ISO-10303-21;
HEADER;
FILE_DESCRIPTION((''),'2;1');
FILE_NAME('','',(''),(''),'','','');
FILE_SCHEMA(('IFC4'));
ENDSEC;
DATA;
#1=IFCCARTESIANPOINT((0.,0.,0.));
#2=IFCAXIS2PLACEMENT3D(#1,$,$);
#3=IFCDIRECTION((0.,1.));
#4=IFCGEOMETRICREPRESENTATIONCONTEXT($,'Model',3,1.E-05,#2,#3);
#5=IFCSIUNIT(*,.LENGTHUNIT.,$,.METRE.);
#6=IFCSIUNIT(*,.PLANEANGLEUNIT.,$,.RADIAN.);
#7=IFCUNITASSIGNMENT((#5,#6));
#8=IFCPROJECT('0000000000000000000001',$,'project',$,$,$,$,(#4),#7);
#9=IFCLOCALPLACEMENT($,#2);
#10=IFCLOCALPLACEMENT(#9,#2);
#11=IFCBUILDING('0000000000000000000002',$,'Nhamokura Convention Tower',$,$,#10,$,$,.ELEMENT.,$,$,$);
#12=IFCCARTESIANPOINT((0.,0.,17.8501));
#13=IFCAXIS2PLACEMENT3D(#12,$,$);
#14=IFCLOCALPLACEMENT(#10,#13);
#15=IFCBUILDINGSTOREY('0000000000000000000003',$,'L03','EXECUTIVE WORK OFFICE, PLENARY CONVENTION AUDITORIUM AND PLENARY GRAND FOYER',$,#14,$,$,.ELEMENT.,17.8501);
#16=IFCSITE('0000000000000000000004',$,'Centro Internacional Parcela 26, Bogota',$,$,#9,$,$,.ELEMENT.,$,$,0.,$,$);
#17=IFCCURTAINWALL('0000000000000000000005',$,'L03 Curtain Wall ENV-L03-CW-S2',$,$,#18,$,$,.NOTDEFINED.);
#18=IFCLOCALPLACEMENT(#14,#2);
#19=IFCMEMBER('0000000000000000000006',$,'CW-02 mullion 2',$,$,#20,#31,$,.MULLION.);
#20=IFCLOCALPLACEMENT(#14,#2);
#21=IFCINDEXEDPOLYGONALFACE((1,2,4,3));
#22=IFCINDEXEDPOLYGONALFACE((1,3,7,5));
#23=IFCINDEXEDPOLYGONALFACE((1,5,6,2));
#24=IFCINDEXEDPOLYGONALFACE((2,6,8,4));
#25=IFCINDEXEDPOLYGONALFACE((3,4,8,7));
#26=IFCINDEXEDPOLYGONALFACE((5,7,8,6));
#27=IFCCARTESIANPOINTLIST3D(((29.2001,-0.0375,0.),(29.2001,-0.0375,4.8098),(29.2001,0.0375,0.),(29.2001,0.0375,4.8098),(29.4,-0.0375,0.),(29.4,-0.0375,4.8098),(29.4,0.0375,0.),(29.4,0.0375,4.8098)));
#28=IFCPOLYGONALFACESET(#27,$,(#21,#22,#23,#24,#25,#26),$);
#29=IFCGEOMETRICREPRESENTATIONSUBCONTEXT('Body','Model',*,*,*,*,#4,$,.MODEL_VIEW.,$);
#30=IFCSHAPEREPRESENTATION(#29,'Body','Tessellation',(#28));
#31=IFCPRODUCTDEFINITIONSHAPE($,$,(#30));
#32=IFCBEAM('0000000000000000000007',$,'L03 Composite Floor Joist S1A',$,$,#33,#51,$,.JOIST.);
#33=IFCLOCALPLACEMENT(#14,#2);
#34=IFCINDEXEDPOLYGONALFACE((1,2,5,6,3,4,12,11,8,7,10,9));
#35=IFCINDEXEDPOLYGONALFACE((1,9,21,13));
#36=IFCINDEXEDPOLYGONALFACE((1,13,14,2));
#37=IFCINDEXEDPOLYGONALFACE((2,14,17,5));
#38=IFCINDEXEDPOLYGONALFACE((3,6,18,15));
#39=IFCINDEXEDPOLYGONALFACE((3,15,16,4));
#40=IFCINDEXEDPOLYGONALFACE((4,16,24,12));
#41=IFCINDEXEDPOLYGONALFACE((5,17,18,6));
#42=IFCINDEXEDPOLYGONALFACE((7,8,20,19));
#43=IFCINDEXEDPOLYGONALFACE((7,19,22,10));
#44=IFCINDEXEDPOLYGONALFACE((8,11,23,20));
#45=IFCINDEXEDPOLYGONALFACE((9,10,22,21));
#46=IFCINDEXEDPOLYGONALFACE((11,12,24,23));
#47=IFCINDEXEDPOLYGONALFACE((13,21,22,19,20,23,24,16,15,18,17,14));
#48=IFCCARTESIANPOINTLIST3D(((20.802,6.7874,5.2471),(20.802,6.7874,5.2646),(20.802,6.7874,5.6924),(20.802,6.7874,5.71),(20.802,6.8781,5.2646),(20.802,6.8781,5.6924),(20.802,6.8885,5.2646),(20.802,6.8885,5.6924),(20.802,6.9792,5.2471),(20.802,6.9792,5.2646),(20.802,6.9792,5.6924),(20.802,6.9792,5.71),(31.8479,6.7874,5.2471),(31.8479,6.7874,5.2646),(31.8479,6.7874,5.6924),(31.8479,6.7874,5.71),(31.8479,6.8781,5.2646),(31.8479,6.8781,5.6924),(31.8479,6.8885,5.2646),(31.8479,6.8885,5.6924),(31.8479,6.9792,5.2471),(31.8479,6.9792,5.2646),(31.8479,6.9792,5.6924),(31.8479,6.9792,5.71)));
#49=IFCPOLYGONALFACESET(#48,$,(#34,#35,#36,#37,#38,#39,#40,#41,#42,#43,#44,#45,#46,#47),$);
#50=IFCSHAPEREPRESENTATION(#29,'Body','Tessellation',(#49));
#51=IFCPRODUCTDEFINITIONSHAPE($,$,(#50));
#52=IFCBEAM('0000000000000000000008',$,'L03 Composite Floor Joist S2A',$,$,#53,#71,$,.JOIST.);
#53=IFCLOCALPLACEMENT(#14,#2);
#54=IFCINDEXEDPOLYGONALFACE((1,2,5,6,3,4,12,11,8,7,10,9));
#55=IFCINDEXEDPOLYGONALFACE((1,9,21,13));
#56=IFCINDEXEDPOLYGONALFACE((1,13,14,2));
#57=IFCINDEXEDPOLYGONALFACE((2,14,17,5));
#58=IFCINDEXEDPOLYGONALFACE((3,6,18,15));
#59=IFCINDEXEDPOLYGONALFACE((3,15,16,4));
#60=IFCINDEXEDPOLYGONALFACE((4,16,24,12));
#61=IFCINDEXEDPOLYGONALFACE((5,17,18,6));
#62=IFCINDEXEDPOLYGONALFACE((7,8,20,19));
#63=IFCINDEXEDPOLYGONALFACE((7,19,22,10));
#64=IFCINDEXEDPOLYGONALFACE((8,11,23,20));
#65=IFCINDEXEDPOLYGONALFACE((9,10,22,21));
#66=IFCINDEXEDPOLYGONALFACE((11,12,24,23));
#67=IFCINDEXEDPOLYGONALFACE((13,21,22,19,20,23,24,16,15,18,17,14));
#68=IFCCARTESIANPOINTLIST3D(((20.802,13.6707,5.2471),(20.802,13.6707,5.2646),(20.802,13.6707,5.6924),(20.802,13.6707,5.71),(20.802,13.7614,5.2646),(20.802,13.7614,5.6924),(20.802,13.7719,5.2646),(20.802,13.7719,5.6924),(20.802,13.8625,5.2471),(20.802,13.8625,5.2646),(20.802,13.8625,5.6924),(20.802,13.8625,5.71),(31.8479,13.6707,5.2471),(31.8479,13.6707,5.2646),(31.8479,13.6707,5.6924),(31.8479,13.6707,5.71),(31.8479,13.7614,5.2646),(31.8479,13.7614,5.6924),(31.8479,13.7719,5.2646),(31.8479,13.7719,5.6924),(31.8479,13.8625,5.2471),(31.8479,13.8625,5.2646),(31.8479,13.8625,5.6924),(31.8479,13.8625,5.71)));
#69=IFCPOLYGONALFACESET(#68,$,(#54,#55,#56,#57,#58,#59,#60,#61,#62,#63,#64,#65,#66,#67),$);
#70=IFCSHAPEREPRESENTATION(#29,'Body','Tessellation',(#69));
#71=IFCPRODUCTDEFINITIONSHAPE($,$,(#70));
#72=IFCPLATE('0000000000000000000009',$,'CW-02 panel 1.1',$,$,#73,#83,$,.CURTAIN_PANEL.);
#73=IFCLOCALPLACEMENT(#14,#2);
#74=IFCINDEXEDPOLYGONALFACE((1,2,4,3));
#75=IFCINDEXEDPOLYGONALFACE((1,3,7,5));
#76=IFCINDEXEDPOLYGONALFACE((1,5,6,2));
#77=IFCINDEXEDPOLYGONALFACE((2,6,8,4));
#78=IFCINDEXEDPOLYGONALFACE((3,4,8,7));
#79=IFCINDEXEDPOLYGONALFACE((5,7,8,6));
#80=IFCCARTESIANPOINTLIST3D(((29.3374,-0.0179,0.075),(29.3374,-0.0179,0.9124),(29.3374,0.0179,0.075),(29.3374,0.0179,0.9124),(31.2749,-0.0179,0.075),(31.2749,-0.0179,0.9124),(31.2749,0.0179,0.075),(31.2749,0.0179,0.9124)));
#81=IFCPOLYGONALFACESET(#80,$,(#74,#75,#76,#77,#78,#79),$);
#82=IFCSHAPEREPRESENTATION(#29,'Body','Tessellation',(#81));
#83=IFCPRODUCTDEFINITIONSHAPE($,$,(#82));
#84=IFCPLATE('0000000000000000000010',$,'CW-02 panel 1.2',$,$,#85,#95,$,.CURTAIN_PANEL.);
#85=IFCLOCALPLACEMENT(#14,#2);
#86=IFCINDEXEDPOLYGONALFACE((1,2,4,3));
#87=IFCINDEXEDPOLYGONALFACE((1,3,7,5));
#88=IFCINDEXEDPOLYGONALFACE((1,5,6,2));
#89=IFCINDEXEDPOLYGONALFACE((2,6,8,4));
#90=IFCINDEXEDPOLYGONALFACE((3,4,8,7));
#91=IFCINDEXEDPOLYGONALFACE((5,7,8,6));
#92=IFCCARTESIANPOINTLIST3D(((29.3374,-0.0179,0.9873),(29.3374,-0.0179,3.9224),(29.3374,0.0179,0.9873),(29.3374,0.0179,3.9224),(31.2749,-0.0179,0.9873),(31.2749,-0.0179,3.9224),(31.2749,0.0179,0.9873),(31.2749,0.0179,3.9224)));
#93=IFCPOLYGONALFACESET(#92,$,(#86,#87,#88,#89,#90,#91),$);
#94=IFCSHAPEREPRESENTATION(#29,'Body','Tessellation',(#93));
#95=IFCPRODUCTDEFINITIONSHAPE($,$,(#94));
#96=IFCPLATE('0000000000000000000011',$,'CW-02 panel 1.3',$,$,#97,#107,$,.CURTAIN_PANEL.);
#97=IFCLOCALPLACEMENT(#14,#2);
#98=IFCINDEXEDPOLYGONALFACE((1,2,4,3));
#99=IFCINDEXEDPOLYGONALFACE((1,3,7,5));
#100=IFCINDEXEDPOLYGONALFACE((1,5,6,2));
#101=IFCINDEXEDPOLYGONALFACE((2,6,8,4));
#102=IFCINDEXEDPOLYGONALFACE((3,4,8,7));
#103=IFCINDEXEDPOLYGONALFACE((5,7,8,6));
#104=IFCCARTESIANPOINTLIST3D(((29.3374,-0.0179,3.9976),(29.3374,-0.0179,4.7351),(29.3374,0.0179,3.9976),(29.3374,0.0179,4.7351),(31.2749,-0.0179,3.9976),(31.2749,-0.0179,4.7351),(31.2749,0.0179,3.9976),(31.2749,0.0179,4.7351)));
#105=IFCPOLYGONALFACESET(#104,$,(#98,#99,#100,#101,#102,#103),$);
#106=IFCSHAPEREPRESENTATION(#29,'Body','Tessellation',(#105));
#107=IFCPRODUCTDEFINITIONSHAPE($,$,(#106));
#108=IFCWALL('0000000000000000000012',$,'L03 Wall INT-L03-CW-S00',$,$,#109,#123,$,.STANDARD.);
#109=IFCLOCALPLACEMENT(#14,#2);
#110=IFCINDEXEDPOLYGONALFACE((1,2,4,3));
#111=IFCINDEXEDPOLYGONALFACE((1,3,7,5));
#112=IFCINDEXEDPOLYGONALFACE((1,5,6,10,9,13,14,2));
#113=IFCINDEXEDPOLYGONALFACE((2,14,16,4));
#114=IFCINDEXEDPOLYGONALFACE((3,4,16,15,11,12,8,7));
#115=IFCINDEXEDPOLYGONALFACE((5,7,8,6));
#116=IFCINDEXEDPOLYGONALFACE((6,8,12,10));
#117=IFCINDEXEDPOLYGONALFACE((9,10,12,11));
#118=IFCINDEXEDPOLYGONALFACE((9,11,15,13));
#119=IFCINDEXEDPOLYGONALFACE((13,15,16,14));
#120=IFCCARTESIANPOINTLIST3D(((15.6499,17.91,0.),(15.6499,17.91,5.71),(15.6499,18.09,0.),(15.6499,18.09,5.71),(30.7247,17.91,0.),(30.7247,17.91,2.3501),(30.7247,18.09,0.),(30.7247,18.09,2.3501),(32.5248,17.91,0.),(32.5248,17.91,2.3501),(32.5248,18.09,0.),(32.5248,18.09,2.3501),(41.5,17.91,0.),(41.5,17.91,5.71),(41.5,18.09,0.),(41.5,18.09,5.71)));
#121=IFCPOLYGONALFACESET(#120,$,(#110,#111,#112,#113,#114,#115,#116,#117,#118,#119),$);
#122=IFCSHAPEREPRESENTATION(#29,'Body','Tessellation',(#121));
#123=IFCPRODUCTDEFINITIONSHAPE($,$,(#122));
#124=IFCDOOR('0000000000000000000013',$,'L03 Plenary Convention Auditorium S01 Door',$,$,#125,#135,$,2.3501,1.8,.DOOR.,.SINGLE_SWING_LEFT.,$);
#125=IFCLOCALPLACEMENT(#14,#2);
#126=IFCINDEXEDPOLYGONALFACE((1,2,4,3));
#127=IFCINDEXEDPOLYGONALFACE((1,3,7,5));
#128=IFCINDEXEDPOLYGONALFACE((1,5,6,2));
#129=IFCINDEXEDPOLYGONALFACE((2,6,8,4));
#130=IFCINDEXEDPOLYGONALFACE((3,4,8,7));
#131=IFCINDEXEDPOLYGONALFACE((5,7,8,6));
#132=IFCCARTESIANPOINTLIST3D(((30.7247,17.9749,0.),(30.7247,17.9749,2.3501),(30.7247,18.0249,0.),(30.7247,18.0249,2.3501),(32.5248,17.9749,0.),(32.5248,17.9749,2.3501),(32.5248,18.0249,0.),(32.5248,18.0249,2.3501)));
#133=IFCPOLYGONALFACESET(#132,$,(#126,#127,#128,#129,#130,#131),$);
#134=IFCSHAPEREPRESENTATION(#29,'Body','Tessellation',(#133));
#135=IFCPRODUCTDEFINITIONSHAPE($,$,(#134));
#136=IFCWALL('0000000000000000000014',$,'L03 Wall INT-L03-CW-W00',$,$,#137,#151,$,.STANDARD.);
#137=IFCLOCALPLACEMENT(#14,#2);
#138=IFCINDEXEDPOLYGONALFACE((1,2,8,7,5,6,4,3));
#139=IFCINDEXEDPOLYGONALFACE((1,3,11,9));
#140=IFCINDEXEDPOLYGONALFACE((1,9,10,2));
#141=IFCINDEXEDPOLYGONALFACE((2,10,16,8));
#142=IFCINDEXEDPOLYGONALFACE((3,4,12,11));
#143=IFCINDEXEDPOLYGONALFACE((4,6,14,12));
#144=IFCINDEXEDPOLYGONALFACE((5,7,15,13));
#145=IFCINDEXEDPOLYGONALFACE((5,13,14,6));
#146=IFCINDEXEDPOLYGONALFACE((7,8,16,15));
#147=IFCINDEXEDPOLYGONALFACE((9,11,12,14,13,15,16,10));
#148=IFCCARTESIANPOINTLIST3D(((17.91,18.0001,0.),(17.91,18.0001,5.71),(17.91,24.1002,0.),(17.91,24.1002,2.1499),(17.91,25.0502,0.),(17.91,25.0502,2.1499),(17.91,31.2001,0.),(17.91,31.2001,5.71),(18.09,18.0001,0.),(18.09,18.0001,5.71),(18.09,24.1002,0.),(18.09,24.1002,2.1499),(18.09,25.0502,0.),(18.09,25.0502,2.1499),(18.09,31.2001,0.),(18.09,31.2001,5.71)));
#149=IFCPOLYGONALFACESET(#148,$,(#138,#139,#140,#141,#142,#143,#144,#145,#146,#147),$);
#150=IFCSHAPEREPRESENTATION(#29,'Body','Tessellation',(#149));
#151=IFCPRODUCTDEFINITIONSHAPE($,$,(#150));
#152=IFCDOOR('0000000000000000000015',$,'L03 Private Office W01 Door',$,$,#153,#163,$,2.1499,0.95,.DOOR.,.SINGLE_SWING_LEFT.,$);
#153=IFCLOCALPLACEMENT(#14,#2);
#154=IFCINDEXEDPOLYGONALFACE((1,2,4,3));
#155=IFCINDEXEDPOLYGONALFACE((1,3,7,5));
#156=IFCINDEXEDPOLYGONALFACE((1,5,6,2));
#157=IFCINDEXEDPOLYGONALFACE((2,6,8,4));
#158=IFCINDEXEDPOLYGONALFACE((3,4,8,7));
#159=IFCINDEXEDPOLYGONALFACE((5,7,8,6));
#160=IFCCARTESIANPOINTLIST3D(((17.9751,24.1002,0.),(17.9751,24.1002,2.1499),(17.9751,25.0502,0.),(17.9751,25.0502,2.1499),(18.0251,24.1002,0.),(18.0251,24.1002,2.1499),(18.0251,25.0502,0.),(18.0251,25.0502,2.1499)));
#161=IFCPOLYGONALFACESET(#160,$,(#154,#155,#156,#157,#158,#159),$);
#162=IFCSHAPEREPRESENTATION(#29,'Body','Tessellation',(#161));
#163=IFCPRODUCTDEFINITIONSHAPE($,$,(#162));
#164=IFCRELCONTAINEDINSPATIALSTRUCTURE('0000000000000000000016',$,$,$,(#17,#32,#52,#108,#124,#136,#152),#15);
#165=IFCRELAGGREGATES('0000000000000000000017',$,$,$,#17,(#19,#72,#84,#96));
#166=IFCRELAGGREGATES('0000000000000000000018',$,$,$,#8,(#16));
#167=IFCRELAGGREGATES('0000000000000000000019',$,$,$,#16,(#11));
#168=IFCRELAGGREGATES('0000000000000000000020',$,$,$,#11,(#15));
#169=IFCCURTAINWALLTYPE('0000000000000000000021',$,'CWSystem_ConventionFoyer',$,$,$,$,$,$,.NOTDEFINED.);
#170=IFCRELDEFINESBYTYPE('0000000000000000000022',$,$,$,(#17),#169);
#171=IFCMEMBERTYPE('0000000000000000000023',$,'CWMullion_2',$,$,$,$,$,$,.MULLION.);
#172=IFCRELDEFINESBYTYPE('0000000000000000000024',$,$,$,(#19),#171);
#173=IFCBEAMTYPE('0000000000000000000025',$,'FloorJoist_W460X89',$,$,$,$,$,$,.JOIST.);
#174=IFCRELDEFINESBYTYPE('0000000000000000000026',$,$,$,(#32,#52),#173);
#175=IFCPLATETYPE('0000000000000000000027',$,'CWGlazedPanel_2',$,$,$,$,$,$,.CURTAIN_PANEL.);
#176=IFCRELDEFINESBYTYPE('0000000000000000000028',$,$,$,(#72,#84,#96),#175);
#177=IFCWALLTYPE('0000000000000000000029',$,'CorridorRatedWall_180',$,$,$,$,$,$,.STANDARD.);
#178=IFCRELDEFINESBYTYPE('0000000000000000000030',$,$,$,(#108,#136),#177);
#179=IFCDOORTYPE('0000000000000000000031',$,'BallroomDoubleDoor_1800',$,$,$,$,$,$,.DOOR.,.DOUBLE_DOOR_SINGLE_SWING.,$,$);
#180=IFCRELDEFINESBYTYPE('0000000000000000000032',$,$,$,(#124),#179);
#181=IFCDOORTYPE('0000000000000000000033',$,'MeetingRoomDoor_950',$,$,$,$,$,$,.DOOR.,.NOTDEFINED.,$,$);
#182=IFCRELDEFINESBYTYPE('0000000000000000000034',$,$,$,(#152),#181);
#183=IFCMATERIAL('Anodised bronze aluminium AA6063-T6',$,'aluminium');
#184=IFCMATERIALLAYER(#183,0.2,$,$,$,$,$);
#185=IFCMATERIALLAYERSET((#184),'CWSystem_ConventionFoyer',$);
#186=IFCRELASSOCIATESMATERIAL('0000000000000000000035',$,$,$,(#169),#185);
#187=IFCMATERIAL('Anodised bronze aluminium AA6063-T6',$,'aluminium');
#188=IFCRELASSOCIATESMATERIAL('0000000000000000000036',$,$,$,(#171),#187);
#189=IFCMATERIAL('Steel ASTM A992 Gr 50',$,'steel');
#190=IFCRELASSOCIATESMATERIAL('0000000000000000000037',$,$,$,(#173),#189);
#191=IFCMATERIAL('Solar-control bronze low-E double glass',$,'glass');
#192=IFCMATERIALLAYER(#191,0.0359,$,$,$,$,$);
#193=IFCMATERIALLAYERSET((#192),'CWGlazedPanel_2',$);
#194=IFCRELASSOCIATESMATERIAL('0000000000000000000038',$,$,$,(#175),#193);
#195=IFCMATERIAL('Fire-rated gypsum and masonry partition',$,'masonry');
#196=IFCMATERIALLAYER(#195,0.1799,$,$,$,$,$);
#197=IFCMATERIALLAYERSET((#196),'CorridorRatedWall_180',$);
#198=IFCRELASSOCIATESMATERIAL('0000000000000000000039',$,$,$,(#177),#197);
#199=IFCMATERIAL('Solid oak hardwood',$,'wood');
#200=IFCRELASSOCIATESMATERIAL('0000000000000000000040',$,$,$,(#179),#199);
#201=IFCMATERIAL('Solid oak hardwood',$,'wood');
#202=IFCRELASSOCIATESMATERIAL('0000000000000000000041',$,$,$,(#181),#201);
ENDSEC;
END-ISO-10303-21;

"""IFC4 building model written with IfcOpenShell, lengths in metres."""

from ifc_helpers import new_model, si_unit, direction, frame, frame_2d, origin, origin_2d, place, context, subcontext, project, spatial, rectangle, i_section, extrude, material, layer, layer_set, material_profile, profile_set, type_object, element, fill, aggregate, save


model = new_model("IFC4")

# Units and contexts
model_context = context("Model", 3, precision=1e-05, world=origin(), true_north=direction((0.0, 1.0)))
body_context = subcontext(model_context, "Body", "Model", "MODEL_VIEW")
ifc_project = project(units=[si_unit("LENGTHUNIT", "METRE"), si_unit("PLANEANGLEUNIT", "RADIAN")], contexts=[model_context])

# Site, building, storey
site_placement = place(None, origin())
site = spatial("IfcSite", under=ifc_project, at=site_placement, Name="Centro Internacional Parcela 26, Bogota", CompositionType="ELEMENT", RefElevation=0.0)
building_placement = place(site_placement, origin())
building = spatial("IfcBuilding", under=site, at=building_placement, Name="Nhamokura Convention Tower", CompositionType="ELEMENT")
storey_placement = place(building_placement, frame((0.0, 0.0, 17.8501)))
storey = spatial("IfcBuildingStorey", under=building, at=storey_placement, Name="L03", Description="EXECUTIVE WORK OFFICE, PLENARY CONVENTION AUDITORIUM AND PLENARY GRAND FOYER", CompositionType="ELEMENT", Elevation=17.8501)

# Curtain wall, member
ifc_material_1 = material(Name="Anodised bronze aluminium AA6063-T6", Category="aluminium")
ifc_layer_1 = layer(ifc_material_1, 0.2)
ifc_layer_set_1 = layer_set([ifc_layer_1], Name="CWSystem_ConventionFoyer")
curtain_wall_type = type_object("IfcCurtainWallType", Name="CWSystem_ConventionFoyer", PredefinedType="NOTDEFINED", material=ifc_layer_set_1)
curtain_wall_placement = place(storey_placement, origin())
curtain_wall = element("IfcCurtainWall", 1, at=curtain_wall_placement, inside=storey, type_object=curtain_wall_type, Name="L03 Curtain Wall ENV-L03-CW-S2", PredefinedType="NOTDEFINED")
ifc_material_2 = material(Name="Anodised bronze aluminium AA6063-T6", Category="aluminium")
ifc_material_profile_1 = material_profile(ifc_material_2, rectangle(XDim=0.075, YDim=0.2, at=origin_2d()))
ifc_profile_set_1 = profile_set([ifc_material_profile_1], Name="Anodised bronze aluminium AA6063-T6")
member_type = type_object("IfcMemberType", Name="CWMullion_2", PredefinedType="MULLION", material=ifc_profile_set_1)
member_placement = place(storey_placement, frame((29.3, 0.0, 0.0), z_axis=(0.0, 0.0, 1.0), x_axis=(0.0, -1.0, 0.0)))
member = element("IfcMember", 2, at=member_placement, type_object=member_type, Name="CW-02 mullion 2", PredefinedType="MULLION", context=body_context, shape_type="SweptSolid", body=[
    extrude(rectangle(XDim=0.075, YDim=0.2, at=origin_2d()), origin(), (0.0, 0.0, 1.0), 4.8098),
])

# Beams
ifc_material_3 = material(Name="Steel ASTM A992 Gr 50", Category="steel")
ifc_material_profile_2 = material_profile(ifc_material_3, i_section(OverallWidth=0.1919, OverallDepth=0.4629, WebThickness=0.0105, FlangeThickness=0.0176, at=origin_2d()))
ifc_profile_set_2 = profile_set([ifc_material_profile_2], Name="Steel ASTM A992 Gr 50")
beam_type = type_object("IfcBeamType", Name="FloorJoist_W460X89", PredefinedType="JOIST", material=ifc_profile_set_2)
for number, where, z_axis, x_axis, name in (
    (3, (20.802, 6.8833, 5.4785), (1.0, 0.0, 0.0), (0.0, 1.0, 0.0), "L03 Composite Floor Joist S1A"),
    (4, (20.802, 13.7666, 5.4785), (1.0, 0.0, 0.0), (0.0, 1.0, 0.0), "L03 Composite Floor Joist S2A"),
):
    element("IfcBeam", number, at=place(storey_placement, frame(where, z_axis=z_axis, x_axis=x_axis)), inside=storey, type_object=beam_type, Name=name, PredefinedType="JOIST", context=body_context, shape_type="SweptSolid", body=[
        extrude(i_section(OverallWidth=0.1919, OverallDepth=0.4629, WebThickness=0.0105, FlangeThickness=0.0176, at=origin_2d()), origin(), (0.0, 0.0, 1.0), 11.0459),
    ])

# Plates
ifc_material_4 = material(Name="Solar-control bronze low-E double glass", Category="glass")
ifc_layer_2 = layer(ifc_material_4, 0.0359)
ifc_layer_set_2 = layer_set([ifc_layer_2], Name="CWGlazedPanel_2")
plate_type = type_object("IfcPlateType", Name="CWGlazedPanel_2", PredefinedType="CURTAIN_PANEL", material=ifc_layer_set_2)
plate_1_placement = place(storey_placement, frame((30.3062, 0.0, 0.075), z_axis=(0.0, 0.0, 1.0), x_axis=(-1.0, 0.0, 0.0)))
plate_1 = element("IfcPlate", 5, at=plate_1_placement, type_object=plate_type, Name="CW-02 panel 1.1", PredefinedType="CURTAIN_PANEL", context=body_context, shape_type="SweptSolid", body=[
    extrude(rectangle(XDim=1.9375, YDim=0.0359, at=origin_2d()), origin(), (0.0, 0.0, 1.0), 0.8374),
])
plate_2_placement = place(storey_placement, frame((30.3062, 0.0, 0.9873), z_axis=(0.0, 0.0, 1.0), x_axis=(-1.0, 0.0, 0.0)))
plate_2 = element("IfcPlate", 6, at=plate_2_placement, type_object=plate_type, Name="CW-02 panel 1.2", PredefinedType="CURTAIN_PANEL", context=body_context, shape_type="SweptSolid", body=[
    extrude(rectangle(XDim=1.9375, YDim=0.0359, at=origin_2d()), origin(), (0.0, 0.0, 1.0), 2.9351),
])
plate_3_placement = place(storey_placement, frame((30.3062, 0.0, 3.9976), z_axis=(0.0, 0.0, 1.0), x_axis=(-1.0, 0.0, 0.0)))
plate_3 = element("IfcPlate", 7, at=plate_3_placement, type_object=plate_type, Name="CW-02 panel 1.3", PredefinedType="CURTAIN_PANEL", context=body_context, shape_type="SweptSolid", body=[
    extrude(rectangle(XDim=1.9375, YDim=0.0359, at=origin_2d()), origin(), (0.0, 0.0, 1.0), 0.7375),
])
aggregate(curtain_wall, [member, plate_1, plate_2, plate_3])

# Walls, openings, doors
ifc_material_5 = material(Name="Fire-rated gypsum and masonry partition", Category="masonry")
ifc_layer_3 = layer(ifc_material_5, 0.1799)
ifc_layer_set_3 = layer_set([ifc_layer_3], Name="CorridorRatedWall_180")
wall_type_1 = type_object("IfcWallType", Name="CorridorRatedWall_180", PredefinedType="STANDARD", material=ifc_layer_set_3)
wall_1_placement = place(storey_placement, frame((15.6499, 18.0, 0.0), z_axis=(0.0, 0.0, 1.0), x_axis=(1.0, 0.0, 0.0)))
wall_1 = element("IfcWall", 8, at=wall_1_placement, inside=storey, type_object=wall_type_1, Name="L03 Wall INT-L03-CW-S00", PredefinedType="STANDARD", context=body_context, shape_type="SweptSolid", body=[
    extrude(rectangle(XDim=25.8501, YDim=0.1799, at=frame_2d((12.925, 0.0))), origin(), (0.0, 0.0, 1.0), 5.71),
])
opening_1_placement = place(wall_1_placement, frame((15.075, 0.0, 0.0)))
opening_1 = element("IfcOpeningElement", 9, at=opening_1_placement, cuts=wall_1, PredefinedType="OPENING", context=body_context, shape_type="SweptSolid", body=[
    extrude(rectangle(XDim=1.8, YDim=2.3501, at=frame_2d((0.8999, 1.175))), frame((0.0, 0.0999, 0.0), z_axis=(0.0, -1.0, 0.0), x_axis=(1.0, 0.0, 0.0)), (0.0, 0.0, 1.0), 0.2),
])
ifc_material_6 = material(Name="Solid oak hardwood", Category="wood")
door_type_1 = type_object("IfcDoorType", Name="BallroomDoubleDoor_1800", OperationType="DOUBLE_DOOR_SINGLE_SWING", PredefinedType="DOOR", material=ifc_material_6)
door_1_placement = place(opening_1_placement, origin())
door_1 = element("IfcDoor", 10, at=door_1_placement, inside=storey, type_object=door_type_1, Name="L03 Plenary Convention Auditorium S01 Door", OperationType="SINGLE_SWING_LEFT", OverallHeight=2.3501, OverallWidth=1.8, PredefinedType="DOOR", context=body_context, shape_type="SweptSolid", body=[
    extrude(rectangle(XDim=1.8, YDim=2.3501, at=frame_2d((0.8999, 1.175))), frame((0.0, 0.0249, 0.0), z_axis=(0.0, -1.0, 0.0), x_axis=(1.0, 0.0, 0.0)), (0.0, 0.0, 1.0), 0.05),
])
fill(opening_1, door_1)
wall_2_placement = place(storey_placement, frame((18.0, 18.0, 0.0), z_axis=(0.0, 0.0, 1.0), x_axis=(0.0, 1.0, 0.0)))
wall_2 = element("IfcWall", 11, at=wall_2_placement, inside=storey, type_object=wall_type_1, Name="L03 Wall INT-L03-CW-W00", PredefinedType="STANDARD", context=body_context, shape_type="SweptSolid", body=[
    extrude(rectangle(XDim=13.2, YDim=0.1799, at=frame_2d((6.6001, 0.0))), origin(), (0.0, 0.0, 1.0), 5.71),
])
opening_2_placement = place(wall_2_placement, frame((6.1001, 0.0, 0.0)))
opening_2 = element("IfcOpeningElement", 12, at=opening_2_placement, cuts=wall_2, PredefinedType="OPENING", context=body_context, shape_type="SweptSolid", body=[
    extrude(rectangle(XDim=0.95, YDim=2.1499, at=frame_2d((0.4751, 1.075))), frame((0.0, 0.0999, 0.0), z_axis=(0.0, -1.0, 0.0), x_axis=(1.0, 0.0, 0.0)), (0.0, 0.0, 1.0), 0.2),
])
ifc_material_7 = material(Name="Solid oak hardwood", Category="wood")
door_type_2 = type_object("IfcDoorType", Name="MeetingRoomDoor_950", OperationType="NOTDEFINED", PredefinedType="DOOR", material=ifc_material_7)
door_2_placement = place(opening_2_placement, origin())
door_2 = element("IfcDoor", 13, at=door_2_placement, inside=storey, type_object=door_type_2, Name="L03 Private Office W01 Door", OperationType="SINGLE_SWING_LEFT", OverallHeight=2.1499, OverallWidth=0.95, PredefinedType="DOOR", context=body_context, shape_type="SweptSolid", body=[
    extrude(rectangle(XDim=0.95, YDim=2.1499, at=frame_2d((0.4751, 1.075))), frame((0.0, 0.0249, 0.0), z_axis=(0.0, -1.0, 0.0), x_axis=(1.0, 0.0, 0.0)), (0.0, 0.0, 1.0), 0.05),
])
fill(opening_2, door_2)

save(model, "model.ifc")
